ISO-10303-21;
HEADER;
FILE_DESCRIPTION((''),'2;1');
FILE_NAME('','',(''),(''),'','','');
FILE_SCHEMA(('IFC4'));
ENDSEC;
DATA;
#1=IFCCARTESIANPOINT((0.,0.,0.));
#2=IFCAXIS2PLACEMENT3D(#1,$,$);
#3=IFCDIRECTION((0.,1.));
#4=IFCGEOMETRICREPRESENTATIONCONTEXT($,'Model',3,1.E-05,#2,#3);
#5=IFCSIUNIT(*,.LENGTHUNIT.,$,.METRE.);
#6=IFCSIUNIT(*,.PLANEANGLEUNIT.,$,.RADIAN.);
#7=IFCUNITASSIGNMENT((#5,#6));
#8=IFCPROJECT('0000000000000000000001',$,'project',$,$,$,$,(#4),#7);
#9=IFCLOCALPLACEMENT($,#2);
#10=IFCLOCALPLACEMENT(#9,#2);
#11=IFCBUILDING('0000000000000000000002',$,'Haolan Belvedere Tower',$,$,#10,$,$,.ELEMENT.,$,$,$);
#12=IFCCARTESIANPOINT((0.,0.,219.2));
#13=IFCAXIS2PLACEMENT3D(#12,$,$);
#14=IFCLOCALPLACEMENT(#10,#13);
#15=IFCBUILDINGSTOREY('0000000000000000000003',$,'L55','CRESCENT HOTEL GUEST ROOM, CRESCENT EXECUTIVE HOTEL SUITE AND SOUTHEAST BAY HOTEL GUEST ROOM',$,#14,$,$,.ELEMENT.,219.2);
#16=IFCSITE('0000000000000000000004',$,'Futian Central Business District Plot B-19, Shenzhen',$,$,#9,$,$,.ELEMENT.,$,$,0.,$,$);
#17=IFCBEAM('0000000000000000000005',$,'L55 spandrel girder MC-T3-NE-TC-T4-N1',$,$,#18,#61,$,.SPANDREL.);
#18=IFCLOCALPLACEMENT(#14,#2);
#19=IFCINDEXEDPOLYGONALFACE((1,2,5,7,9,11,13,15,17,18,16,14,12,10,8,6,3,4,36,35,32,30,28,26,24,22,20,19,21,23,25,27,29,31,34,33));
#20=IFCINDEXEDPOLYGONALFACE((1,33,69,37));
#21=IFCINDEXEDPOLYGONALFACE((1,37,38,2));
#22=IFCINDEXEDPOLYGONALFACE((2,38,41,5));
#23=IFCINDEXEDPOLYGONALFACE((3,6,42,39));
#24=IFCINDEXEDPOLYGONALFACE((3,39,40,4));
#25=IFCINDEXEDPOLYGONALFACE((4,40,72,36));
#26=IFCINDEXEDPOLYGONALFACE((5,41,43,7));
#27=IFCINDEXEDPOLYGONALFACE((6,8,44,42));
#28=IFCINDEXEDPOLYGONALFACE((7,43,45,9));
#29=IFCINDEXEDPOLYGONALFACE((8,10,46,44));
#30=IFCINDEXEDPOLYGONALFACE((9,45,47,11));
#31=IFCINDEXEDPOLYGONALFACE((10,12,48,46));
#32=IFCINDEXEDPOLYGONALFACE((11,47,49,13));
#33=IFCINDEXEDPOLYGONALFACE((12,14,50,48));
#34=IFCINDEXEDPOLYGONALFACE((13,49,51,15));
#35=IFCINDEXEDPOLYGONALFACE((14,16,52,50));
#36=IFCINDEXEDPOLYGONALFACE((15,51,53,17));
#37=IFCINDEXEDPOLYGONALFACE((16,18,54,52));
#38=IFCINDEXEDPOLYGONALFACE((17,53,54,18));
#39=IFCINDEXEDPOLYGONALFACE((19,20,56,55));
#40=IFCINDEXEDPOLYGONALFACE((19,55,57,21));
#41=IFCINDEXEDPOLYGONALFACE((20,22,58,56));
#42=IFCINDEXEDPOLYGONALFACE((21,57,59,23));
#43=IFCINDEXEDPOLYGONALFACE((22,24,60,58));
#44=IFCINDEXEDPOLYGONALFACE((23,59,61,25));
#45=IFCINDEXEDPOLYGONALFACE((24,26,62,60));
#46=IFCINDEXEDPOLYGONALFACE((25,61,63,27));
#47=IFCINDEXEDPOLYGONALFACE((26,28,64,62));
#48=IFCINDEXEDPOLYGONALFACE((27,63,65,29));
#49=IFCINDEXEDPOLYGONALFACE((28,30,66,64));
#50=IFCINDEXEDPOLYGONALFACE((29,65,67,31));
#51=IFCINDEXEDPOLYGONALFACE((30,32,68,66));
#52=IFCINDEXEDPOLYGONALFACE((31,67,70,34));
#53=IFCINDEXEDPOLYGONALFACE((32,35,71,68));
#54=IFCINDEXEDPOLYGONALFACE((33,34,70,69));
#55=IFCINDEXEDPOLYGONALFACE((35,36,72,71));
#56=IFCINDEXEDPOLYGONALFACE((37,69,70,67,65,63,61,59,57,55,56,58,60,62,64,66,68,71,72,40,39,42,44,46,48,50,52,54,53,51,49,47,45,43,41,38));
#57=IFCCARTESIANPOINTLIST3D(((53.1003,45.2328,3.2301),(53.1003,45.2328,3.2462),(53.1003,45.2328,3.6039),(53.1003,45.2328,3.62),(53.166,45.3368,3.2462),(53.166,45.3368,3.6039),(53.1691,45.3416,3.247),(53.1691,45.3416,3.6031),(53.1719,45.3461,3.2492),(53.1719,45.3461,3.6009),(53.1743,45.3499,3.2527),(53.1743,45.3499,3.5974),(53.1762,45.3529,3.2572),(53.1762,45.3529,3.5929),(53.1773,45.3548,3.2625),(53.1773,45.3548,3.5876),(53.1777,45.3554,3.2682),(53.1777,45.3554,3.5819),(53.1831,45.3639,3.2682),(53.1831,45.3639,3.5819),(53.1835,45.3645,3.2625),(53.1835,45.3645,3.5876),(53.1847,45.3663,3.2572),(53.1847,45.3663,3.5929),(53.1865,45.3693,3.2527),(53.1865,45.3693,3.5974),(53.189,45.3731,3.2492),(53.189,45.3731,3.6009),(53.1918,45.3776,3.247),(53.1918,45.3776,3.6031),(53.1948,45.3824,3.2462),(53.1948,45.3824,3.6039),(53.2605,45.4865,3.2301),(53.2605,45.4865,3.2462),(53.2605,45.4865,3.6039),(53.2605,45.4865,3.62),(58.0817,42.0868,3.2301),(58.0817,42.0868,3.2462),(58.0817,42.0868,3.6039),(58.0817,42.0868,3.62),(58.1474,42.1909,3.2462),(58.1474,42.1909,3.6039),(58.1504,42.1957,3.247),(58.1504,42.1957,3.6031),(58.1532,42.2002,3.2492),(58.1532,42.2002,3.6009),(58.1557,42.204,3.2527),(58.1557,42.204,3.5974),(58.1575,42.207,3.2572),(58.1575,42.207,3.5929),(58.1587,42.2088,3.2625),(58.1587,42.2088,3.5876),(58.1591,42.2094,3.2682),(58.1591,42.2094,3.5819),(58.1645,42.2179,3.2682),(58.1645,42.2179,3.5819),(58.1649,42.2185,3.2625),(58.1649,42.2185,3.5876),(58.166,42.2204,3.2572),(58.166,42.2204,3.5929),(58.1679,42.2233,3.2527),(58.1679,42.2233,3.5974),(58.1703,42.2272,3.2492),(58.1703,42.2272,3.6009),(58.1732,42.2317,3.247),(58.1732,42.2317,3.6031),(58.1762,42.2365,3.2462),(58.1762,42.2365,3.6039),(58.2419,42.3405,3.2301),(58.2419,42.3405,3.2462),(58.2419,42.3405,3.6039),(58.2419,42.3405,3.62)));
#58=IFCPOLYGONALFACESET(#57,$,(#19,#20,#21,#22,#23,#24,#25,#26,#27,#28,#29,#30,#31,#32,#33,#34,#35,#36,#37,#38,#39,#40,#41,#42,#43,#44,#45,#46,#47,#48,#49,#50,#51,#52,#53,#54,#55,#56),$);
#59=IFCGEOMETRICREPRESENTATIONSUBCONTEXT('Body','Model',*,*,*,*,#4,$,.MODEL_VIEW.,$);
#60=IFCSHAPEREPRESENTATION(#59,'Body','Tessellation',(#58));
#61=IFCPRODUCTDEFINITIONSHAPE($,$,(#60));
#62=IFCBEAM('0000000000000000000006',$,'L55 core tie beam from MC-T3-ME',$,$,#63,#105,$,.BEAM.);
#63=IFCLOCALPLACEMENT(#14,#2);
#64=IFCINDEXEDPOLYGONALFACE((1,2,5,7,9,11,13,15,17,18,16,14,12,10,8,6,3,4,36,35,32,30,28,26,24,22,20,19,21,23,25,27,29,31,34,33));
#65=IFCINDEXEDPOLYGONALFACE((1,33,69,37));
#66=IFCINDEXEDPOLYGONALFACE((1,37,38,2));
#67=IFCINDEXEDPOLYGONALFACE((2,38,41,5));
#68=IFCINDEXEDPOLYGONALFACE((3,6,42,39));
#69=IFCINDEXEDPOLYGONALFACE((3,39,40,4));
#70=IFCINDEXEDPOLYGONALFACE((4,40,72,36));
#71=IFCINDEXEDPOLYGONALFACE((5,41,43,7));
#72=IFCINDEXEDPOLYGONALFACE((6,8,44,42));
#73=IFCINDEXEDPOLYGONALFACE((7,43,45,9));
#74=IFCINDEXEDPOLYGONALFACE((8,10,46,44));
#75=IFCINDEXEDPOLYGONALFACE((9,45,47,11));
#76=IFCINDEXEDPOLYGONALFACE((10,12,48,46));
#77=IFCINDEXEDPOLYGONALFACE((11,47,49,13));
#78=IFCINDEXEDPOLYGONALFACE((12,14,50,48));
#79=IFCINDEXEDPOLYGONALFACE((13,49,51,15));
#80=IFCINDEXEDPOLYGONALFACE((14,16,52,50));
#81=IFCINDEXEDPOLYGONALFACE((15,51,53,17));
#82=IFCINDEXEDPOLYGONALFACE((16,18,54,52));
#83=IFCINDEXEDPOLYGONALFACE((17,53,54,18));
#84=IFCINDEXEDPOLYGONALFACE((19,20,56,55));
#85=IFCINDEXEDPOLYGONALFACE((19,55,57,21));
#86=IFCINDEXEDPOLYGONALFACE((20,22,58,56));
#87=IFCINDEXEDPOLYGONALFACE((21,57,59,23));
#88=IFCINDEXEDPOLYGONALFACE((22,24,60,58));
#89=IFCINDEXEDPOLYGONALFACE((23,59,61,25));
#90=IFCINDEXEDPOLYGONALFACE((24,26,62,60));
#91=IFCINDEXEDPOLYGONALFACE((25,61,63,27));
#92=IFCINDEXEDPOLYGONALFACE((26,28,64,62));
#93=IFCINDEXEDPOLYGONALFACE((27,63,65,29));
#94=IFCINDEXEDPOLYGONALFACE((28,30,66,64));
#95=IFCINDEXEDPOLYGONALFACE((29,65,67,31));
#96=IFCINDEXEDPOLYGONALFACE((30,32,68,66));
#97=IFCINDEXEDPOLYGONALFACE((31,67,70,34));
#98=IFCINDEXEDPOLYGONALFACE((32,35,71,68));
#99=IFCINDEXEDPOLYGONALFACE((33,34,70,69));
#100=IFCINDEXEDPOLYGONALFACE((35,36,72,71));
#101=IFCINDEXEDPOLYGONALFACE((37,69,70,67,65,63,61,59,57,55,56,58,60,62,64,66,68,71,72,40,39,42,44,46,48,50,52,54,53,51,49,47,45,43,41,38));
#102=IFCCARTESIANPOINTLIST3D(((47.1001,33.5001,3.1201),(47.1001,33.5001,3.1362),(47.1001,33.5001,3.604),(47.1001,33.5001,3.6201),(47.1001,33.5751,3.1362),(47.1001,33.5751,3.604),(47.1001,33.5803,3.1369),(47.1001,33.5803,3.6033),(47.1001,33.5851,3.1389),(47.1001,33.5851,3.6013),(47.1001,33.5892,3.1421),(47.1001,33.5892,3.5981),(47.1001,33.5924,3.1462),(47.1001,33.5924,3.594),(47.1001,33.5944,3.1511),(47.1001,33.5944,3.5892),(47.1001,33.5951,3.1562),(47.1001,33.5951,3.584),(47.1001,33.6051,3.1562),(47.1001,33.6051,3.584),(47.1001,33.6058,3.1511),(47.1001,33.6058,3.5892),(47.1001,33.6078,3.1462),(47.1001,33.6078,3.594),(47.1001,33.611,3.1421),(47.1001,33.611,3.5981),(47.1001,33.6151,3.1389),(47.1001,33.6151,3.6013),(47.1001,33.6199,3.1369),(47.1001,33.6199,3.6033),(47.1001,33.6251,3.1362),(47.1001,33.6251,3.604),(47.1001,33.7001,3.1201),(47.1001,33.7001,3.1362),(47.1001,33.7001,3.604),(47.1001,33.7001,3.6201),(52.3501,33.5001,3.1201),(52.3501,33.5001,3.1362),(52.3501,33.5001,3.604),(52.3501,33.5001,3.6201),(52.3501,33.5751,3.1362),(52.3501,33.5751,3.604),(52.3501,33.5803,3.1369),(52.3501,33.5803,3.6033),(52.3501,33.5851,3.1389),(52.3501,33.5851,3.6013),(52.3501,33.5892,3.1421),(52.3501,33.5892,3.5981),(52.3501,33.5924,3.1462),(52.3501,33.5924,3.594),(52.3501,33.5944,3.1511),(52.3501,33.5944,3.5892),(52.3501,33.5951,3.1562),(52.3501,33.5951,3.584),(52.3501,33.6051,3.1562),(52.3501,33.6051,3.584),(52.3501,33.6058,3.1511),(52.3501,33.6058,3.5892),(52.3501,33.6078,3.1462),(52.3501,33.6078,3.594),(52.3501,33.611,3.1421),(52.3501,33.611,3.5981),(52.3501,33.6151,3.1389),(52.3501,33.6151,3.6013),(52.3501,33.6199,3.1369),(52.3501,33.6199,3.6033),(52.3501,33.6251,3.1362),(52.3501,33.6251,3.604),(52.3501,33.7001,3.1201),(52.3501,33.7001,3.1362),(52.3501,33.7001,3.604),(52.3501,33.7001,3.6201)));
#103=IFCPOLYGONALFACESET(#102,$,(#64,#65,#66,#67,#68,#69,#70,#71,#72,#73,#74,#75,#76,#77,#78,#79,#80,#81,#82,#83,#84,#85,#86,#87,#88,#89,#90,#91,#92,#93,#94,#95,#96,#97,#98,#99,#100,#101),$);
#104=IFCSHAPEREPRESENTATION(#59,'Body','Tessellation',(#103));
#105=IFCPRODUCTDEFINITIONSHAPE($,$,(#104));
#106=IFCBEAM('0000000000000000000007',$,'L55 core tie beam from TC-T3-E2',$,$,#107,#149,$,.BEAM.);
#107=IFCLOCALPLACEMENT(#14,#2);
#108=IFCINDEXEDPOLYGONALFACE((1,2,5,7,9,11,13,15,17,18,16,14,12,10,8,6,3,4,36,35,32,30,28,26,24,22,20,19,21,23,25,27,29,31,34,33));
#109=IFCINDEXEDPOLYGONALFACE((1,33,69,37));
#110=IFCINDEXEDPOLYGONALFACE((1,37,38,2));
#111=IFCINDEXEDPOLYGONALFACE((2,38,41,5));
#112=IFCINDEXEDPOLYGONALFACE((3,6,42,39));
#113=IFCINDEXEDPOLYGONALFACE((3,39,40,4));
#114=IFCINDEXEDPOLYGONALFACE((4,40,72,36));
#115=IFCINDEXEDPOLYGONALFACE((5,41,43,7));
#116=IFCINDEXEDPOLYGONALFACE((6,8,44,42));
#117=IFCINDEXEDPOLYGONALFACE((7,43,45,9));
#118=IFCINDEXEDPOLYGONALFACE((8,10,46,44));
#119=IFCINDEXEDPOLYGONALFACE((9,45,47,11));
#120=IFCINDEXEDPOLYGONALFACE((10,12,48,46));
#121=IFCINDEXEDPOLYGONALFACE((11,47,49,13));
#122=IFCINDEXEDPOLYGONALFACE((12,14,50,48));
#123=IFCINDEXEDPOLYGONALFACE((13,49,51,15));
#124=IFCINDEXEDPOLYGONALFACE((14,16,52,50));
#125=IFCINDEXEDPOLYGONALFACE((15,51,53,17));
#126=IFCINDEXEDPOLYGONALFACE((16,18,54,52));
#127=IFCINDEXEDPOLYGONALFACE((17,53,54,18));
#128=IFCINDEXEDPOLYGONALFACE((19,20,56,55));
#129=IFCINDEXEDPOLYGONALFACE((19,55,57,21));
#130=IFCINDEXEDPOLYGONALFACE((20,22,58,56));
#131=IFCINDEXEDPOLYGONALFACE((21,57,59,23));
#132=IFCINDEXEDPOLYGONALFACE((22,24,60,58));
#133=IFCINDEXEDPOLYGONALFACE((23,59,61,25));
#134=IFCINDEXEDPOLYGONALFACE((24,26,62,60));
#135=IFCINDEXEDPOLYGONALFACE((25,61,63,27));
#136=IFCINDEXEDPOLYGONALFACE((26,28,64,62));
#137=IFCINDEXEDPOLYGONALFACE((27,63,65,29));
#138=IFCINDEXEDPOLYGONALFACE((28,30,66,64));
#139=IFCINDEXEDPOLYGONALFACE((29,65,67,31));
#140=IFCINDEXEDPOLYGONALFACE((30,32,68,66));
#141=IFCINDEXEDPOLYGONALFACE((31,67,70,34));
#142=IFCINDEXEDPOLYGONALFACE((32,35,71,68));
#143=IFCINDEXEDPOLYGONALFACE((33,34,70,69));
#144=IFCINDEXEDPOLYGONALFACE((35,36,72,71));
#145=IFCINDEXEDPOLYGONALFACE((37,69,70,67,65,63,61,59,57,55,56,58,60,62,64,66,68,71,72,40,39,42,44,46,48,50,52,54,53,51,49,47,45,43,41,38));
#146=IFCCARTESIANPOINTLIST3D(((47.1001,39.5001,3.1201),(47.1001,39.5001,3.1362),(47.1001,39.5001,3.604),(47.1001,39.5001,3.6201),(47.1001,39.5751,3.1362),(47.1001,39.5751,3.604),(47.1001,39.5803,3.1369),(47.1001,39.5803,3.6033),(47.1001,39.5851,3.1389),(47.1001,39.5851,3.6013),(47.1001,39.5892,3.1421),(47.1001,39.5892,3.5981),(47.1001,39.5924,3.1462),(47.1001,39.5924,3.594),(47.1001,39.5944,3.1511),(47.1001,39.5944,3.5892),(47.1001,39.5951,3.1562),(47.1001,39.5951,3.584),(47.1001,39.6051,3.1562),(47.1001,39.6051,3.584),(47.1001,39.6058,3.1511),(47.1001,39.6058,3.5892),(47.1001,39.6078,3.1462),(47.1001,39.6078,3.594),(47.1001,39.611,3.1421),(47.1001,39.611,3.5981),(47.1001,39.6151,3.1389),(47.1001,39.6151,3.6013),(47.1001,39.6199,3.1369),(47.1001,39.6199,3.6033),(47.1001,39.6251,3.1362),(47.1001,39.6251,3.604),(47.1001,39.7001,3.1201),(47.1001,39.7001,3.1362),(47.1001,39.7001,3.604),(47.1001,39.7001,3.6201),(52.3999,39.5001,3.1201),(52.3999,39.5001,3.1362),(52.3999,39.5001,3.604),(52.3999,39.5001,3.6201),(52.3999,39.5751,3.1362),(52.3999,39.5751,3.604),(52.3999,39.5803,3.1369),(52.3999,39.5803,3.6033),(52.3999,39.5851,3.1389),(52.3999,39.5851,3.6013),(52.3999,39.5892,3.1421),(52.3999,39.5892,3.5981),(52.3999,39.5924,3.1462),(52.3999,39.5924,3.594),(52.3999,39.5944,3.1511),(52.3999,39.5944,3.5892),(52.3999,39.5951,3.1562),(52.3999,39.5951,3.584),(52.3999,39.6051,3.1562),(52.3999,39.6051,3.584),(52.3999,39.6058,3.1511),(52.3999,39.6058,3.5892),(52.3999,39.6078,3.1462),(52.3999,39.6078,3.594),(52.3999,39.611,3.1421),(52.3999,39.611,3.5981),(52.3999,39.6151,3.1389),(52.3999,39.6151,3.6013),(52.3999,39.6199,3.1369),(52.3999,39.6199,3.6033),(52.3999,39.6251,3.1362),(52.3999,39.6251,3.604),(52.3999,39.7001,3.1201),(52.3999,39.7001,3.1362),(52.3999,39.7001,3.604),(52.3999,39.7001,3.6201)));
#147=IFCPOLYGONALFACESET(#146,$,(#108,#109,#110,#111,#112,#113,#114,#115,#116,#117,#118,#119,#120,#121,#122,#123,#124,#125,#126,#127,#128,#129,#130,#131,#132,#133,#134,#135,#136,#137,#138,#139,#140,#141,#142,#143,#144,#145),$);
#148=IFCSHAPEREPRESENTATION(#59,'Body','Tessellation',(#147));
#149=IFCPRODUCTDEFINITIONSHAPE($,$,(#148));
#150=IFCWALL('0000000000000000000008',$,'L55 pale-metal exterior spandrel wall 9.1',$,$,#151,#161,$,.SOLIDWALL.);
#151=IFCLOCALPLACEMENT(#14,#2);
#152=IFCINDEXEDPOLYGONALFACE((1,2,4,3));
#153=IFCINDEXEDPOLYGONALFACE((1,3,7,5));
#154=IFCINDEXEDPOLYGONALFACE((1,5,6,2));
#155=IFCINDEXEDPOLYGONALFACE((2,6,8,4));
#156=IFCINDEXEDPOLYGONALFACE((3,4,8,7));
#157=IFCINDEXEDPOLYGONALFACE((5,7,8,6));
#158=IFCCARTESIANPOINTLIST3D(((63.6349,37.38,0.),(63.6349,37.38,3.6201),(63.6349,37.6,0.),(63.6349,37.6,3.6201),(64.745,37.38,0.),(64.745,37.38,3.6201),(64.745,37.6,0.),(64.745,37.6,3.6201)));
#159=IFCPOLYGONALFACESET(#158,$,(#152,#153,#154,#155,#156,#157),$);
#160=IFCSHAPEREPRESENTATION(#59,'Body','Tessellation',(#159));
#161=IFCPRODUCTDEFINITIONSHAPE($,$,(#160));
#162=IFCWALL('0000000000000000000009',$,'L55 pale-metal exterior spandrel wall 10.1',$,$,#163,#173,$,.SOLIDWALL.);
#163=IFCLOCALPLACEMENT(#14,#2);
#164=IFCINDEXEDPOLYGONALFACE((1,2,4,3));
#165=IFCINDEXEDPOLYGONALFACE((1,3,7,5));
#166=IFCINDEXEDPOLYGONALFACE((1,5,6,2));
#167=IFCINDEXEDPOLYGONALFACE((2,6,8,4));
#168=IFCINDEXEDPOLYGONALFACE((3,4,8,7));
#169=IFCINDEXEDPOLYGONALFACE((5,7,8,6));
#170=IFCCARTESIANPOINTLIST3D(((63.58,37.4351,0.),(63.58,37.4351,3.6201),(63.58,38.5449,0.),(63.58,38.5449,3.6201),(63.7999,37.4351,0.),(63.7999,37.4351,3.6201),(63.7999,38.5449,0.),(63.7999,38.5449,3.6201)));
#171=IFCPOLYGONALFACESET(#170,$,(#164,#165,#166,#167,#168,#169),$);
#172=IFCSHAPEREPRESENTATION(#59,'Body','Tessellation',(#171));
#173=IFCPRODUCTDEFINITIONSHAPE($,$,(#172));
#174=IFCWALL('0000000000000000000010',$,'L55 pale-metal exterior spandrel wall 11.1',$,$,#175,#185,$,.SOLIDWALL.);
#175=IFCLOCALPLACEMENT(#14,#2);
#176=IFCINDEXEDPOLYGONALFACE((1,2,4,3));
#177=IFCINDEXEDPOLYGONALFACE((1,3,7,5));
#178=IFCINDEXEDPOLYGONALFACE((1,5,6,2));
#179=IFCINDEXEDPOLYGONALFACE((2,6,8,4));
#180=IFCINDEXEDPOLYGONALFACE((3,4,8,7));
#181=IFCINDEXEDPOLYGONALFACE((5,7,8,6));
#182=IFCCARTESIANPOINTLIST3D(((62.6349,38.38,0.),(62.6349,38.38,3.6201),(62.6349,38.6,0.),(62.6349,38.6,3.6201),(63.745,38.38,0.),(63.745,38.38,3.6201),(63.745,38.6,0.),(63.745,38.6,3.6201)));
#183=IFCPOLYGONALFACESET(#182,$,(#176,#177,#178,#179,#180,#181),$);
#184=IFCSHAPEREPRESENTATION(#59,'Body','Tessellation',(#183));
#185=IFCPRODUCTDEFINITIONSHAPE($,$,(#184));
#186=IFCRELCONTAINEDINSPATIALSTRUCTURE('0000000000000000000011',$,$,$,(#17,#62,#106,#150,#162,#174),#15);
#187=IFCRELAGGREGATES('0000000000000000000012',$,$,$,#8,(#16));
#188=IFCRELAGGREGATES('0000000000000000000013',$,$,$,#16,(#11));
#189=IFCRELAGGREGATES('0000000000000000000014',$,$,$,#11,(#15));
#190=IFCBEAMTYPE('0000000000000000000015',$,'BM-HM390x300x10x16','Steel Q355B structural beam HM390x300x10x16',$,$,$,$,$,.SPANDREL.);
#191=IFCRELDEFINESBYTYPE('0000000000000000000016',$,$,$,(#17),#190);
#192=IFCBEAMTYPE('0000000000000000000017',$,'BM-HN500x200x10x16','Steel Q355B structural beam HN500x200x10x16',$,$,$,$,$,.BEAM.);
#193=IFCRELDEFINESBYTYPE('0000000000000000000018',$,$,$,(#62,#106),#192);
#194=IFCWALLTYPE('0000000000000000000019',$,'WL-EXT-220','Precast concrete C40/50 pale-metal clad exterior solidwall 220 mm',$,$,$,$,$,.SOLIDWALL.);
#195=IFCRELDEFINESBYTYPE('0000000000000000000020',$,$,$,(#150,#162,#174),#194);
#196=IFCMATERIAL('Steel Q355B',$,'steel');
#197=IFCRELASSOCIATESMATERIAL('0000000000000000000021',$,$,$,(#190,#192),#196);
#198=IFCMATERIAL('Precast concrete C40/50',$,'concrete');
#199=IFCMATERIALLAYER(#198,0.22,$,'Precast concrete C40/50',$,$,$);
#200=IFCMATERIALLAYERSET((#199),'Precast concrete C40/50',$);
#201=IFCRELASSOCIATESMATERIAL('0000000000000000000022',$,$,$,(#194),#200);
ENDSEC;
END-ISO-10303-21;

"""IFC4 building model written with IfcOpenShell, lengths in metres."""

from ifc_helpers import new_model, si_unit, direction, frame, frame_2d, origin, origin_2d, place, context, subcontext, project, spatial, rectangle, i_section, extrude, material, layer, layer_set, material_profile, profile_set, type_object, element, save


model = new_model("IFC4")

# Units and contexts
model_context = context("Model", 3, precision=1e-05, world=origin(), true_north=direction((0.0, 1.0)))
body_context = subcontext(model_context, "Body", "Model", "MODEL_VIEW")
ifc_project = project(units=[si_unit("LENGTHUNIT", "METRE"), si_unit("PLANEANGLEUNIT", "RADIAN")], contexts=[model_context])

# Site, building, storey
site_placement = place(None, origin())
site = spatial("IfcSite", under=ifc_project, at=site_placement, Name="Futian Central Business District Plot B-19, Shenzhen", CompositionType="ELEMENT", RefElevation=0.0)
building_placement = place(site_placement, origin())
building = spatial("IfcBuilding", under=site, at=building_placement, Name="Haolan Belvedere Tower", CompositionType="ELEMENT")
storey_placement = place(building_placement, frame((0.0, 0.0, 219.2)))
storey = spatial("IfcBuildingStorey", under=building, at=storey_placement, Name="L55", Description="CRESCENT HOTEL GUEST ROOM, CRESCENT EXECUTIVE HOTEL SUITE AND SOUTHEAST BAY HOTEL GUEST ROOM", CompositionType="ELEMENT", Elevation=219.2)

# Beams
ifc_material_1 = material(Name="Steel Q355B", Category="steel")
ifc_material_profile_1 = material_profile(ifc_material_1, i_section(OverallWidth=0.3, OverallDepth=0.3899, WebThickness=0.01, FlangeThickness=0.0161, FilletRadius=0.022, at=origin_2d()), Name="Steel Q355B")
ifc_profile_set_1 = profile_set([ifc_material_profile_1], Name="Steel Q355B")
beam_type_1 = type_object("IfcBeamType", Name="BM-HM390x300x10x16", Description="Steel Q355B structural beam HM390x300x10x16", PredefinedType="SPANDREL", material=ifc_profile_set_1)
beam_1_placement = place(storey_placement, frame((53.1804, 45.3596, 3.425), z_axis=(0.845503, -0.533971, 0.0), x_axis=(0.533971, 0.845503, 0.0)))
element("IfcBeam", 1, at=beam_1_placement, inside=storey, type_object=beam_type_1, Name="L55 spandrel girder MC-T3-NE-TC-T4-N1", PredefinedType="SPANDREL", context=body_context, shape_type="SweptSolid", body=[
    extrude(i_section(OverallWidth=0.3, OverallDepth=0.3899, WebThickness=0.01, FlangeThickness=0.0161, FilletRadius=0.022, at=origin_2d()), origin(), (0.0, 0.0, 1.0), 5.8916),
])
ifc_material_profile_2 = material_profile(ifc_material_1, i_section(OverallWidth=0.2, OverallDepth=0.5, WebThickness=0.01, FlangeThickness=0.0161, FilletRadius=0.02, at=origin_2d()), Name="Steel Q355B")
ifc_profile_set_2 = profile_set([ifc_material_profile_2], Name="Steel Q355B")
beam_type_2 = type_object("IfcBeamType", Name="BM-HN500x200x10x16", Description="Steel Q355B structural beam HN500x200x10x16", PredefinedType="BEAM", material=ifc_profile_set_2)
beam_2_placement = place(storey_placement, frame((52.3501, 33.6001, 3.3701), z_axis=(-1.0, 0.0, 0.0), x_axis=(0.0, -1.0, 0.0)))
element("IfcBeam", 2, at=beam_2_placement, inside=storey, type_object=beam_type_2, Name="L55 core tie beam from MC-T3-ME", PredefinedType="BEAM", context=body_context, shape_type="SweptSolid", body=[
    extrude(i_section(OverallWidth=0.2, OverallDepth=0.5, WebThickness=0.01, FlangeThickness=0.0161, FilletRadius=0.02, at=origin_2d()), origin(), (0.0, 0.0, 1.0), 5.25),
])
beam_3_placement = place(storey_placement, frame((52.3999, 39.6001, 3.3701), z_axis=(-1.0, 0.0, 0.0), x_axis=(0.0, -1.0, 0.0)))
element("IfcBeam", 3, at=beam_3_placement, inside=storey, type_object=beam_type_2, Name="L55 core tie beam from TC-T3-E2", PredefinedType="BEAM", context=body_context, shape_type="SweptSolid", body=[
    extrude(i_section(OverallWidth=0.2, OverallDepth=0.5, WebThickness=0.01, FlangeThickness=0.0161, FilletRadius=0.02, at=origin_2d()), origin(), (0.0, 0.0, 1.0), 5.2998),
])

# Walls
ifc_material_2 = material(Name="Precast concrete C40/50", Category="concrete")
ifc_layer_1 = layer(ifc_material_2, 0.22, Name="Precast concrete C40/50")
ifc_layer_set_1 = layer_set([ifc_layer_1], Name="Precast concrete C40/50")
wall_type_1 = type_object("IfcWallType", Name="WL-EXT-220", Description="Precast concrete C40/50 pale-metal clad exterior solidwall 220 mm", PredefinedType="SOLIDWALL", material=ifc_layer_set_1)
wall_1_placement = place(storey_placement, frame((64.7451, 37.49, 0.0), z_axis=(0.0, 0.0, 1.0), x_axis=(-1.0, 0.0, 0.0)))
element("IfcWall", 4, at=wall_1_placement, inside=storey, type_object=wall_type_1, Name="L55 pale-metal exterior spandrel wall 9.1", PredefinedType="SOLIDWALL", context=body_context, shape_type="SweptSolid", body=[
    extrude(rectangle(XDim=1.1101, YDim=0.22, at=frame_2d((0.5552, 0.0))), origin(), (0.0, 0.0, 1.0), 3.6201),
])
wall_2_placement = place(storey_placement, frame((63.6899, 37.4351, 0.0), z_axis=(0.0, 0.0, 1.0), x_axis=(0.0, 1.0, 0.0)))
element("IfcWall", 5, at=wall_2_placement, inside=storey, type_object=wall_type_1, Name="L55 pale-metal exterior spandrel wall 10.1", PredefinedType="SOLIDWALL", context=body_context, shape_type="SweptSolid", body=[
    extrude(rectangle(XDim=1.1099, YDim=0.22, at=frame_2d((0.5549, 0.0))), origin(), (0.0, 0.0, 1.0), 3.6201),
])
wall_3_placement = place(storey_placement, frame((63.7451, 38.49, 0.0), z_axis=(0.0, 0.0, 1.0), x_axis=(-1.0, 0.0, 0.0)))
element("IfcWall", 6, at=wall_3_placement, inside=storey, type_object=wall_type_1, Name="L55 pale-metal exterior spandrel wall 11.1", PredefinedType="SOLIDWALL", context=body_context, shape_type="SweptSolid", body=[
    extrude(rectangle(XDim=1.1101, YDim=0.22, at=frame_2d((0.5552, 0.0))), origin(), (0.0, 0.0, 1.0), 3.6201),
])

save(model, "model.ifc")
